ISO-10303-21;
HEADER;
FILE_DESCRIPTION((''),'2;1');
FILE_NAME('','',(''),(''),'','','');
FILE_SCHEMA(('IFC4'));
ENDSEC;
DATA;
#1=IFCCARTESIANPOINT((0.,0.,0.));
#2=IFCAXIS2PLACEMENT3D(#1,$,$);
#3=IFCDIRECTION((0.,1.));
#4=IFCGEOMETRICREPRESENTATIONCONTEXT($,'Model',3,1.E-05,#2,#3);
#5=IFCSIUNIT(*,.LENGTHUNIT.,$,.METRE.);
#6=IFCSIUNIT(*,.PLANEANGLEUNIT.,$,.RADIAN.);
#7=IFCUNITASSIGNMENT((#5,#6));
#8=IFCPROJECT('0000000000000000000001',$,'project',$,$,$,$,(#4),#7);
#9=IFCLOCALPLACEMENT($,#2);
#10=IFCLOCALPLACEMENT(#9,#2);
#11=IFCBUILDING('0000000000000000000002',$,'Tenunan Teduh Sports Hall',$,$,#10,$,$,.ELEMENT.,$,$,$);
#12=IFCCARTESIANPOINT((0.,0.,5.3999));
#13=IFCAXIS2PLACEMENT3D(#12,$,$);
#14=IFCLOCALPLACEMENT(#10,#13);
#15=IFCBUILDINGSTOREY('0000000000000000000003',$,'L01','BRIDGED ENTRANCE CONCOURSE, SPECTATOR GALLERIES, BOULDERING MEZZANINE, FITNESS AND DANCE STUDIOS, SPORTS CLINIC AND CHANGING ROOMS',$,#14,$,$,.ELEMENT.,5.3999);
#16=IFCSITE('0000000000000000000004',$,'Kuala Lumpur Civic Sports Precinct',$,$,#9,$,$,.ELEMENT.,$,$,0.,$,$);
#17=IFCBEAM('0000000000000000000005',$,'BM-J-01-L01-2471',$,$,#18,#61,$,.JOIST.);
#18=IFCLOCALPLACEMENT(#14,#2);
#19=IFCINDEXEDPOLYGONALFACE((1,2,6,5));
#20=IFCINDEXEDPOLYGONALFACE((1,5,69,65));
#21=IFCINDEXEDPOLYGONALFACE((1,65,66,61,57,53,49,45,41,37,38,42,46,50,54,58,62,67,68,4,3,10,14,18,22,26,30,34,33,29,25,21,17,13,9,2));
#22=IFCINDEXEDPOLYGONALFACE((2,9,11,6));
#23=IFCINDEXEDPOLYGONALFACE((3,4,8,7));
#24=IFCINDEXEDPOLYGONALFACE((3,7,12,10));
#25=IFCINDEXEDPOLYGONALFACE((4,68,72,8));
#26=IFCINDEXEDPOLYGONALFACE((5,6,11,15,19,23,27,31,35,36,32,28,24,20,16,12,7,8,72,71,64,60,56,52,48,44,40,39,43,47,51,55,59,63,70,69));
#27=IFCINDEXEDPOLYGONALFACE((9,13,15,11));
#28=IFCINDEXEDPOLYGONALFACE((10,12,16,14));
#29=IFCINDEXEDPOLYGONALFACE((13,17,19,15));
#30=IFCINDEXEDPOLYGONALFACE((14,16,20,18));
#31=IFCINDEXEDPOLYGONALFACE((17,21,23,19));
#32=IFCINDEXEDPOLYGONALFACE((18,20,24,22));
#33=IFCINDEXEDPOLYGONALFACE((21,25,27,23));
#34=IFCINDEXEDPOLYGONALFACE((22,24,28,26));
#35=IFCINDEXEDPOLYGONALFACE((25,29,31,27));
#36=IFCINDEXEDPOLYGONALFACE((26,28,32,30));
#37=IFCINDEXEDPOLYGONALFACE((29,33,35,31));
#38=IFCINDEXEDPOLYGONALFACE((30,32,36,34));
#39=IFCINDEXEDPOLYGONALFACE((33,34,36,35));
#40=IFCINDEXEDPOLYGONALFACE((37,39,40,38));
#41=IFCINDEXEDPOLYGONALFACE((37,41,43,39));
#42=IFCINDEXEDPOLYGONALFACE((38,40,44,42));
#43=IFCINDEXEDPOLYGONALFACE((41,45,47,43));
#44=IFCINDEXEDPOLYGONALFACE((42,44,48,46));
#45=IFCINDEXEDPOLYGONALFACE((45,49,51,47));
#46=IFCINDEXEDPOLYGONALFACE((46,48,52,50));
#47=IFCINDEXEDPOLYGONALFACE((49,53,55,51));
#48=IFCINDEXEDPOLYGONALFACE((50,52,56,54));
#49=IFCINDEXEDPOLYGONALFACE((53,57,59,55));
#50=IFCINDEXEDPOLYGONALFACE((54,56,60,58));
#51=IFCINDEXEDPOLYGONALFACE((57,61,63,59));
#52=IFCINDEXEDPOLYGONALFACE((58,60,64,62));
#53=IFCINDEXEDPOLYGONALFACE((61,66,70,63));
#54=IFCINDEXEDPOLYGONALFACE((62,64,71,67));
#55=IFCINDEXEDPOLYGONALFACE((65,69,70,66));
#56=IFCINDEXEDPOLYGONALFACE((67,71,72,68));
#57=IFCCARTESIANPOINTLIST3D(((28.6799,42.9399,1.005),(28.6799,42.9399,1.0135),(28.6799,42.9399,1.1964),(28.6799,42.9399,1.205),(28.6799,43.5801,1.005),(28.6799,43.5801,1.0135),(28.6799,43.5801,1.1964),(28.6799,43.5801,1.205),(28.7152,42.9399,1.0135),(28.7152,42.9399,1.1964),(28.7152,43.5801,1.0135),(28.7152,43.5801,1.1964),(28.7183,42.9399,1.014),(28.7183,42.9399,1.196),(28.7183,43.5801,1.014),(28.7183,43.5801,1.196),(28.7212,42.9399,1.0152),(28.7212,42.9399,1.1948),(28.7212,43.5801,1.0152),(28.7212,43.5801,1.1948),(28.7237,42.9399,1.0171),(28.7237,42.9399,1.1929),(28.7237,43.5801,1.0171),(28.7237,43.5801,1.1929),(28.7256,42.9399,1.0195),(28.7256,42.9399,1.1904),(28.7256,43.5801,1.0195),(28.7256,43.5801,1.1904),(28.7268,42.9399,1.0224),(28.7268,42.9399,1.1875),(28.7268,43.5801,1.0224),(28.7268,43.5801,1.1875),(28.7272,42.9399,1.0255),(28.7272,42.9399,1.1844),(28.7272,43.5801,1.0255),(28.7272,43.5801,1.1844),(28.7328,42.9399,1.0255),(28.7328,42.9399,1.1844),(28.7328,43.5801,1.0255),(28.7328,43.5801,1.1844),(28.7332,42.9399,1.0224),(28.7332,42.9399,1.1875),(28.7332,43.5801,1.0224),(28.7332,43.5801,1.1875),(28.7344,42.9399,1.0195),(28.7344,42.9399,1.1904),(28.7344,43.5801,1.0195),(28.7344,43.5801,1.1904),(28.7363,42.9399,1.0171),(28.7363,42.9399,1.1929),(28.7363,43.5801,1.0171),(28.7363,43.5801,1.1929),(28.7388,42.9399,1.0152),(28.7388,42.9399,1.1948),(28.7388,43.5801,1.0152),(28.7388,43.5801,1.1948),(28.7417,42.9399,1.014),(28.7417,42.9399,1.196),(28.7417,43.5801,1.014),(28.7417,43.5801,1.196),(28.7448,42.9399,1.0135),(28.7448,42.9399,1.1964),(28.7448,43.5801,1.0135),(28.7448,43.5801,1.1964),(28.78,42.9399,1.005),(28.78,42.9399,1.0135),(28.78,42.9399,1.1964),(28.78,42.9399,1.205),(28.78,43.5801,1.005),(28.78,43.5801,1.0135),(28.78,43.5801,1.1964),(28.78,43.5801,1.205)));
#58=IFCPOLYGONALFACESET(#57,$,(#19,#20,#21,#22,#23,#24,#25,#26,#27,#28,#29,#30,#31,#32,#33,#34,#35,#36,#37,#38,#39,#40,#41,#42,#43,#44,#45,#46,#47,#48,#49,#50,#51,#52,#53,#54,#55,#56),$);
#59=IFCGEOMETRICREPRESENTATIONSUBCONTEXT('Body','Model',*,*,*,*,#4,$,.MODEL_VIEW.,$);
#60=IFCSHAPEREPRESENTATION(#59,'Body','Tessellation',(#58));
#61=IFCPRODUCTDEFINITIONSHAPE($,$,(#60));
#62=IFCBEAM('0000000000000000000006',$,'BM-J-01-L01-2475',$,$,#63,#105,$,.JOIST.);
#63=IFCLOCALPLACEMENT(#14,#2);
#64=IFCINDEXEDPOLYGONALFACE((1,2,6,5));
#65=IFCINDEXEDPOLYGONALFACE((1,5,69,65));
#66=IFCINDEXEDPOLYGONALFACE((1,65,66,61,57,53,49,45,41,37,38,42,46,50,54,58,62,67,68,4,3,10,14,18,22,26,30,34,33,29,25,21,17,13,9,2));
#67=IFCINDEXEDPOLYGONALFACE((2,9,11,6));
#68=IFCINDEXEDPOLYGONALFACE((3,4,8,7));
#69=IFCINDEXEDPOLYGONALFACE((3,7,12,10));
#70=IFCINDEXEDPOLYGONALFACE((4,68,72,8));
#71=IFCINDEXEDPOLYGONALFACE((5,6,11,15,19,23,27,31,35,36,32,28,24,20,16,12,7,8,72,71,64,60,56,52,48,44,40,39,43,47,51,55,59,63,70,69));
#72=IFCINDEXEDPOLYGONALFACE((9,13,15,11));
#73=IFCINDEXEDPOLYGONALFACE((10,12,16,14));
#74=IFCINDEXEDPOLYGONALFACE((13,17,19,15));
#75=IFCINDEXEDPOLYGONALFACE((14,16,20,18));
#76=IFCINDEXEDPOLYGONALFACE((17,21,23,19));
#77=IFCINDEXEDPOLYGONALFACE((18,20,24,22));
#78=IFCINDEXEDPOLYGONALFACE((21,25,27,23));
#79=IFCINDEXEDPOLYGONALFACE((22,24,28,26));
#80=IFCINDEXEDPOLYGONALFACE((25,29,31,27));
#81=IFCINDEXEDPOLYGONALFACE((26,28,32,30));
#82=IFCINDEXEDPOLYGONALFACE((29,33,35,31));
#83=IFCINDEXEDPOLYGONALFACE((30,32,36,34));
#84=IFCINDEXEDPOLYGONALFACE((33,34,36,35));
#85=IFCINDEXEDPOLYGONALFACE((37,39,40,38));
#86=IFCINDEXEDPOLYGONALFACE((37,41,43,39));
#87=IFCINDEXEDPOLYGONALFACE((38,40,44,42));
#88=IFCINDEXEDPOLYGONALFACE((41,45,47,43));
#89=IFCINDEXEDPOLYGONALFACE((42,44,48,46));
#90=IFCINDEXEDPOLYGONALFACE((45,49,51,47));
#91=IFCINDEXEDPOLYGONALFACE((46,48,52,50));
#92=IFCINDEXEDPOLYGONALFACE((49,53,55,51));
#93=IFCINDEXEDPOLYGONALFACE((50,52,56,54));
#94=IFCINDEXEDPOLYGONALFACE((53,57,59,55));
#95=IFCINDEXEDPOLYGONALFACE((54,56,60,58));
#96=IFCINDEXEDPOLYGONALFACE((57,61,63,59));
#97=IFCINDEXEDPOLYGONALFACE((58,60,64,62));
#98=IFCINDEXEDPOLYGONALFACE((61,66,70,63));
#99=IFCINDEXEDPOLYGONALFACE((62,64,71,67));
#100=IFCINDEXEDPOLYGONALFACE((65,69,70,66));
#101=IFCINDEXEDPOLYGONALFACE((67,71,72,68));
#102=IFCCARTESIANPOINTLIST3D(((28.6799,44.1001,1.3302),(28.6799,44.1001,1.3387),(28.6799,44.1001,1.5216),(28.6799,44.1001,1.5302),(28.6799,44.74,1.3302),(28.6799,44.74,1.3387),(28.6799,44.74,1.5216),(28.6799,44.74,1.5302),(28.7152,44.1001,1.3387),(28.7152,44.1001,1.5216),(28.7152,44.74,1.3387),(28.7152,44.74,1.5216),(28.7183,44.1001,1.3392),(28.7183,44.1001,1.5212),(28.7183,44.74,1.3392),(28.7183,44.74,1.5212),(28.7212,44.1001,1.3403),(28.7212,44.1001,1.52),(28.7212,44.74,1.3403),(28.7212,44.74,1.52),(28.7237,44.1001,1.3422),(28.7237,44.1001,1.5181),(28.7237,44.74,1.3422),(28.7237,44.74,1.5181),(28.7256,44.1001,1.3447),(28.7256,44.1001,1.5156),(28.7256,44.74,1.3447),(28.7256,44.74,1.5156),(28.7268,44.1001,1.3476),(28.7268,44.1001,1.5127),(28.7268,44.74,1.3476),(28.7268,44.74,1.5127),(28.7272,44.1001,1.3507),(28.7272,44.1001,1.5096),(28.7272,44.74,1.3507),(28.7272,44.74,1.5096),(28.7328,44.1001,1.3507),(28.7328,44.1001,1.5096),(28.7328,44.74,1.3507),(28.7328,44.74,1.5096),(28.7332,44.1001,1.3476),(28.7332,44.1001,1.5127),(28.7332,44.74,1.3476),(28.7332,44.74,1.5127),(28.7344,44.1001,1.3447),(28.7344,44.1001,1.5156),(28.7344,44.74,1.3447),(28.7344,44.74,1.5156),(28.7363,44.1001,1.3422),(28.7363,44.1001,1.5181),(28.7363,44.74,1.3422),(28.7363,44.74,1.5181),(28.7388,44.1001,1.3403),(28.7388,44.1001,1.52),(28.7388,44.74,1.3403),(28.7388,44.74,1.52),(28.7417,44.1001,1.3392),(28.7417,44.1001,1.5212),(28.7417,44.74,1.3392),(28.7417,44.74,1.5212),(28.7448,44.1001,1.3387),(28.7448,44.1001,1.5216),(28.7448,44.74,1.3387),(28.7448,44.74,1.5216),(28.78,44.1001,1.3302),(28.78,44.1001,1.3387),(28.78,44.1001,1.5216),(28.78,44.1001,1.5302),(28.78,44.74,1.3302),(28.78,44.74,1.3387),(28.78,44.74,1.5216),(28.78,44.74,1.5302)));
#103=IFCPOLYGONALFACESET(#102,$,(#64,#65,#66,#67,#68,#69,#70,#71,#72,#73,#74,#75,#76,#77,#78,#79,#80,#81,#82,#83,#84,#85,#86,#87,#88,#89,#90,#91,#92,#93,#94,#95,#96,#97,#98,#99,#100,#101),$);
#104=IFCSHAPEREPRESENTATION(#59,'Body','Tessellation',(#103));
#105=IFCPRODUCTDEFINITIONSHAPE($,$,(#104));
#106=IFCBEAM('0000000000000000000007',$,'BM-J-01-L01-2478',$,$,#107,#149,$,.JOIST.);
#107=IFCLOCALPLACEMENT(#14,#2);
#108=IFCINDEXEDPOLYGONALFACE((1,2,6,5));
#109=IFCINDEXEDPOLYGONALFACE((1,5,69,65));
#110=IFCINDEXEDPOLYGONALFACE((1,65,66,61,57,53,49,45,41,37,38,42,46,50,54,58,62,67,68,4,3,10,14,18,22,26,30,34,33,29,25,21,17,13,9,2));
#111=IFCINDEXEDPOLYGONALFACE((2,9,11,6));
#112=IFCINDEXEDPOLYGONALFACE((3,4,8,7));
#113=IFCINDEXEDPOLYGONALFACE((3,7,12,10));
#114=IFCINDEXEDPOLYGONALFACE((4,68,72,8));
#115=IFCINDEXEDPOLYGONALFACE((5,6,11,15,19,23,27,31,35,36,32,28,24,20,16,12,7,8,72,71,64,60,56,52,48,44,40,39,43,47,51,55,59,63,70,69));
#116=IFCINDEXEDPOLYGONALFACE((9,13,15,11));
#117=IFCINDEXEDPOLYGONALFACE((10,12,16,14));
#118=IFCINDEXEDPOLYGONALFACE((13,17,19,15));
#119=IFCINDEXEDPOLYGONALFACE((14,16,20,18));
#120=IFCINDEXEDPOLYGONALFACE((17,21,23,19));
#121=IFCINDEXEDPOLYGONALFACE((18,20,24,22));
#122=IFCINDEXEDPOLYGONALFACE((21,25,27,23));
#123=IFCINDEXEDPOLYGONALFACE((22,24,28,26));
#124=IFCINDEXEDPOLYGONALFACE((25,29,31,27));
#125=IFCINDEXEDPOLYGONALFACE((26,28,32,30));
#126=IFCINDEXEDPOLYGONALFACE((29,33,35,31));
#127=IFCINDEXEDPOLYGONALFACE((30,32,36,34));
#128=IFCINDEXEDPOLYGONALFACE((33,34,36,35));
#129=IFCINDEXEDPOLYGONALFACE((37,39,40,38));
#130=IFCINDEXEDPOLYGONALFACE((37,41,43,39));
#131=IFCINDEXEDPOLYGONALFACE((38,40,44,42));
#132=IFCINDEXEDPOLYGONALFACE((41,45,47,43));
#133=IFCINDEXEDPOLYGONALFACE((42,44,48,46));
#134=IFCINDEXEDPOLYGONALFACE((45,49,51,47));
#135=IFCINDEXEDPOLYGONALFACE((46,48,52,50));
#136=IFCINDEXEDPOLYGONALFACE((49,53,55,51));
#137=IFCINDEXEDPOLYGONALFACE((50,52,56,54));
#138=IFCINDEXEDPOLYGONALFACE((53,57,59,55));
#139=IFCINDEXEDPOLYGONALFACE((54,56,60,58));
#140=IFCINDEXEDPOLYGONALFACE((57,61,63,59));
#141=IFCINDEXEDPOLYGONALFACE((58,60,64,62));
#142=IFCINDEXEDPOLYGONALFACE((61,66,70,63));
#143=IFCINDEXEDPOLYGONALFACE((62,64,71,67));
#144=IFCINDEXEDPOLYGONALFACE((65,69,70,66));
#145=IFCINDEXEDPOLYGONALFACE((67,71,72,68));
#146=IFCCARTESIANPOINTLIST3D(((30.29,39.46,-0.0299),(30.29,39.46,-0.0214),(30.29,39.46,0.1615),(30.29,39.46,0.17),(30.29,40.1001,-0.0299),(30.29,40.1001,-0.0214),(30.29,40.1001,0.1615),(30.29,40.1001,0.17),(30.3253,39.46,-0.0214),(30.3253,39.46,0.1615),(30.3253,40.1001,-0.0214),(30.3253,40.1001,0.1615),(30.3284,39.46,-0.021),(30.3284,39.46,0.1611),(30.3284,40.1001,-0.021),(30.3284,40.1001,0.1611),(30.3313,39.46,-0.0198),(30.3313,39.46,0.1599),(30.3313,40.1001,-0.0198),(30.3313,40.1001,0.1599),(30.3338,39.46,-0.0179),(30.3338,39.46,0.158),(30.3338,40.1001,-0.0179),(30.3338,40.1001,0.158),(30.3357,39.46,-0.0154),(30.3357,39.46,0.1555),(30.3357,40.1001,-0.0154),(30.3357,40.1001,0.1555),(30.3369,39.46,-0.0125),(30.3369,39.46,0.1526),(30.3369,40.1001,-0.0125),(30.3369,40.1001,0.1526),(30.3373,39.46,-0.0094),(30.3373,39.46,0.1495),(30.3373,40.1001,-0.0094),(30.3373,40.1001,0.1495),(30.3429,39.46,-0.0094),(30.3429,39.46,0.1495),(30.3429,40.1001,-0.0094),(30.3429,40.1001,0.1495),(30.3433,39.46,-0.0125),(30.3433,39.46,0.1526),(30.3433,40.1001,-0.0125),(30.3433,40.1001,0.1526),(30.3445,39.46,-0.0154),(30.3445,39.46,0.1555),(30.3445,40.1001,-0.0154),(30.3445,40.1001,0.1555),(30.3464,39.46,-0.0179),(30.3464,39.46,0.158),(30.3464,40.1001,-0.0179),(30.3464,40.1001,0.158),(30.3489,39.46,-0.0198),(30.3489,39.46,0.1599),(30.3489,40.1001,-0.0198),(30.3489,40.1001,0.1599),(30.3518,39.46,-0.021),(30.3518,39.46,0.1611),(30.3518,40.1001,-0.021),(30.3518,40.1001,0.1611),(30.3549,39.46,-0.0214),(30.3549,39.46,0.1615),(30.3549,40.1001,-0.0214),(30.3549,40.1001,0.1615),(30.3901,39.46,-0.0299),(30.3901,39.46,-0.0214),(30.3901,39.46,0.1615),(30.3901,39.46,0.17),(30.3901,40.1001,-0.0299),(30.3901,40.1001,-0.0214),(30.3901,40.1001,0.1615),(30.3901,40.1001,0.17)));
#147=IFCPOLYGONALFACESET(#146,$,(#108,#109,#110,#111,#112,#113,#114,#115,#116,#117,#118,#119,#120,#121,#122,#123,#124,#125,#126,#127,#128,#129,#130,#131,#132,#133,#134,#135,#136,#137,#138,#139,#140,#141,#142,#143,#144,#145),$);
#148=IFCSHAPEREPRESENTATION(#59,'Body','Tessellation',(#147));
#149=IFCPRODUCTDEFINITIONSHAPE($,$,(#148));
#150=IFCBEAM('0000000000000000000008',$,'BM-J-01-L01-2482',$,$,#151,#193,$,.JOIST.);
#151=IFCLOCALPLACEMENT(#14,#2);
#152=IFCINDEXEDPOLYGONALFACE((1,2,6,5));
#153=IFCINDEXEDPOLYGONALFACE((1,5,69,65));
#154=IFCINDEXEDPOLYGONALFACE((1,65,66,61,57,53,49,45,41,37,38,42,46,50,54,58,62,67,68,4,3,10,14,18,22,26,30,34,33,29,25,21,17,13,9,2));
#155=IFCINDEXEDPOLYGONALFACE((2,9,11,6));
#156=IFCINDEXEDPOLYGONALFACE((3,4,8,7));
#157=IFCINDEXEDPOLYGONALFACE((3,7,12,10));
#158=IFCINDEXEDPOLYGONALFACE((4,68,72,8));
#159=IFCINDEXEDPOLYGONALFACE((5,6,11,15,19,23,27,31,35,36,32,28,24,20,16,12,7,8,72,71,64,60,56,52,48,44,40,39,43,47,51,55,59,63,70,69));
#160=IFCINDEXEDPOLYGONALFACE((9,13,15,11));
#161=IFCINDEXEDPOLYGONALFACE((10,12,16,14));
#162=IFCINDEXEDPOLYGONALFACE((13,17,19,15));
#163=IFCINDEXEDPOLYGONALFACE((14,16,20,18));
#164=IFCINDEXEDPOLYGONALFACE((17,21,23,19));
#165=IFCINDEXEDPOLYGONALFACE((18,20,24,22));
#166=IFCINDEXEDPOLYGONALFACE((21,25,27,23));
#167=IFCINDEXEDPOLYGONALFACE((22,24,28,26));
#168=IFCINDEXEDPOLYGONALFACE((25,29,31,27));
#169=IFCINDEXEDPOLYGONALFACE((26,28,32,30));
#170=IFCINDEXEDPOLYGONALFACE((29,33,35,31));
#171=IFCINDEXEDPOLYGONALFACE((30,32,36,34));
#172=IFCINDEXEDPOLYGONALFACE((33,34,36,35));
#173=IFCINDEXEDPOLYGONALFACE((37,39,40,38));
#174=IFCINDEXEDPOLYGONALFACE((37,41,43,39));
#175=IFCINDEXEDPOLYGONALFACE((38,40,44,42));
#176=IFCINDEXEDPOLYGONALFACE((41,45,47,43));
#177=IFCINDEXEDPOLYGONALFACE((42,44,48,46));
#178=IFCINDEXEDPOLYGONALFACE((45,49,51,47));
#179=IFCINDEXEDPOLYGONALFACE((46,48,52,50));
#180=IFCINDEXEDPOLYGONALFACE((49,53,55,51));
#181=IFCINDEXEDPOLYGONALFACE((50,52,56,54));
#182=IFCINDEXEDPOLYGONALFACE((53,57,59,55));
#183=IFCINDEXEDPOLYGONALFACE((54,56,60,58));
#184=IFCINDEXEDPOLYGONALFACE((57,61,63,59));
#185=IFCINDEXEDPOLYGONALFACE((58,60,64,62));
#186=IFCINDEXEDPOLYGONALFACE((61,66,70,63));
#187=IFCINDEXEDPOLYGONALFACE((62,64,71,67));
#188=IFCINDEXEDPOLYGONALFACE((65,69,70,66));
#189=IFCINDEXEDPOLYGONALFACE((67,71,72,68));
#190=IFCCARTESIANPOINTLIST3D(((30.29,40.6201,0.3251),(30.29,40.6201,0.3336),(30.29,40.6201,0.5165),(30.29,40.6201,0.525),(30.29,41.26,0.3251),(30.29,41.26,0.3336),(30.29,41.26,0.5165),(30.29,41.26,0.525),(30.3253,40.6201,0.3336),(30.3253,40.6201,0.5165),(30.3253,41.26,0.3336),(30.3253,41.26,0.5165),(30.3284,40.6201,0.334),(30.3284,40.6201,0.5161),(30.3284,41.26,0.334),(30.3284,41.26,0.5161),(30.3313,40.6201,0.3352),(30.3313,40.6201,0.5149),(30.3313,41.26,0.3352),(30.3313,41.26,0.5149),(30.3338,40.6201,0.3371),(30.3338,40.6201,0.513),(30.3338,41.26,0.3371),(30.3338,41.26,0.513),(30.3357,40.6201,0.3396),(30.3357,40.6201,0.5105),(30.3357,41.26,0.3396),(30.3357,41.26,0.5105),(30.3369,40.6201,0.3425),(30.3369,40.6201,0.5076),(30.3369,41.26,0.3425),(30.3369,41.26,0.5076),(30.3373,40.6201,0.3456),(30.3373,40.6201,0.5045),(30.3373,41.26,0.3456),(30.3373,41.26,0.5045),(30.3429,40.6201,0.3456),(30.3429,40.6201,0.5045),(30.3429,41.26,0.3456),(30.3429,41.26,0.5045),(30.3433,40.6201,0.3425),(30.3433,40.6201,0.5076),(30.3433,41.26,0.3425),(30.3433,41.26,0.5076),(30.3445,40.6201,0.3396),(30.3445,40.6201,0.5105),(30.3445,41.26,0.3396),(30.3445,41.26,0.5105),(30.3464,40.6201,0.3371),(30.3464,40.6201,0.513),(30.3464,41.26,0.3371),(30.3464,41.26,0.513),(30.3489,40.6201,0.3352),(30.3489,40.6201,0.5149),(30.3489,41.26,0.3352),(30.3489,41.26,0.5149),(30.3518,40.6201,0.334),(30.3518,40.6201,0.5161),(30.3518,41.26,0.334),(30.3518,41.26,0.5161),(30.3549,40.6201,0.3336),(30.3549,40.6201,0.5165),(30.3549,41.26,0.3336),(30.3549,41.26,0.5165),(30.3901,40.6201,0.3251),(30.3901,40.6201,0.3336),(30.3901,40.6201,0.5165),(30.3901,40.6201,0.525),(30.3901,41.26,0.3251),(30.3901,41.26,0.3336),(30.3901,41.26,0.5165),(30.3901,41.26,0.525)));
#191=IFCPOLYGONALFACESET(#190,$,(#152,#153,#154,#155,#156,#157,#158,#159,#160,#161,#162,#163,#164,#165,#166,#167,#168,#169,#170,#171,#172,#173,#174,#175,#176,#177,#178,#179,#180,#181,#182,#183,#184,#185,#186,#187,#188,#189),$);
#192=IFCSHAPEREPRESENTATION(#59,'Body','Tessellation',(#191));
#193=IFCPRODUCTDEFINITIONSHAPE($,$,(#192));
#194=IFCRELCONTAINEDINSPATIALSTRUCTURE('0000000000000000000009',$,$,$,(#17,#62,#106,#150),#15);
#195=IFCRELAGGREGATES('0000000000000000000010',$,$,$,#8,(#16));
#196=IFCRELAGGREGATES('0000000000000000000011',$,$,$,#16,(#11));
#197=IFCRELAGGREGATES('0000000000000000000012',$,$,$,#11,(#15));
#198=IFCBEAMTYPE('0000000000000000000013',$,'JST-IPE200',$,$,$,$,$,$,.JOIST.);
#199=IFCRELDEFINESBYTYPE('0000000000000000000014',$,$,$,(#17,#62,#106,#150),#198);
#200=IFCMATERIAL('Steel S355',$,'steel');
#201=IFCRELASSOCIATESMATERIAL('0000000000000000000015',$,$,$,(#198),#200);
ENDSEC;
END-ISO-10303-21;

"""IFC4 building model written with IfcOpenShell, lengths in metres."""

from ifc_helpers import new_model, si_unit, direction, frame, origin, origin_2d, place, context, subcontext, project, spatial, i_section, extrude, material, material_profile, profile_set, type_object, element, save


model = new_model("IFC4")

# Units and contexts
model_context = context("Model", 3, precision=1e-05, world=origin(), true_north=direction((0.0, 1.0)))
body_context = subcontext(model_context, "Body", "Model", "MODEL_VIEW")
ifc_project = project(units=[si_unit("LENGTHUNIT", "METRE"), si_unit("PLANEANGLEUNIT", "RADIAN")], contexts=[model_context])

# Site, building, storey
site_placement = place(None, origin())
site = spatial("IfcSite", under=ifc_project, at=site_placement, Name="Kuala Lumpur Civic Sports Precinct", CompositionType="ELEMENT", RefElevation=0.0)
building_placement = place(site_placement, origin())
building = spatial("IfcBuilding", under=site, at=building_placement, Name="Tenunan Teduh Sports Hall", CompositionType="ELEMENT")
storey_placement = place(building_placement, frame((0.0, 0.0, 5.3999)))
storey = spatial("IfcBuildingStorey", under=building, at=storey_placement, Name="L01", Description="BRIDGED ENTRANCE CONCOURSE, SPECTATOR GALLERIES, BOULDERING MEZZANINE, FITNESS AND DANCE STUDIOS, SPORTS CLINIC AND CHANGING ROOMS", CompositionType="ELEMENT", Elevation=5.3999)

# Beams
ifc_material_1 = material(Name="Steel S355", Category="steel")
ifc_material_profile_1 = material_profile(ifc_material_1, i_section(OverallWidth=0.1001, OverallDepth=0.2, WebThickness=0.0056, FlangeThickness=0.0085, FilletRadius=0.012, at=origin_2d()), Name="IPE 200")
ifc_profile_set_1 = profile_set([ifc_material_profile_1], Name="Steel S355")
beam_type_1 = type_object("IfcBeamType", Name="JST-IPE200", PredefinedType="JOIST", material=ifc_profile_set_1)
beam_1_placement = place(storey_placement, frame((28.73, 42.9399, 1.105), z_axis=(0.0, 1.0, 0.0), x_axis=(-1.0, 0.0, 0.0)))
element("IfcBeam", 1, at=beam_1_placement, inside=storey, type_object=beam_type_1, Name="BM-J-01-L01-2471", PredefinedType="JOIST", context=body_context, shape_type="SweptSolid", body=[
    extrude(i_section(OverallWidth=0.1001, OverallDepth=0.2, WebThickness=0.0056, FlangeThickness=0.0085, FilletRadius=0.012, at=origin_2d()), origin(), (0.0, 0.0, 1.0), 0.6401),
])
beam_2_placement = place(storey_placement, frame((28.73, 44.1001, 1.4302), z_axis=(0.0, 1.0, 0.0), x_axis=(-1.0, 0.0, 0.0)))
element("IfcBeam", 2, at=beam_2_placement, inside=storey, type_object=beam_type_1, Name="BM-J-01-L01-2475", PredefinedType="JOIST", context=body_context, shape_type="SweptSolid", body=[
    extrude(i_section(OverallWidth=0.1001, OverallDepth=0.2, WebThickness=0.0056, FlangeThickness=0.0085, FilletRadius=0.012, at=origin_2d()), origin(), (0.0, 0.0, 1.0), 0.6399),
])
beam_3_placement = place(storey_placement, frame((30.3401, 39.46, 0.0701), z_axis=(0.0, 1.0, 0.0), x_axis=(-1.0, 0.0, 0.0)))
element("IfcBeam", 3, at=beam_3_placement, inside=storey, type_object=beam_type_1, Name="BM-J-01-L01-2478", PredefinedType="JOIST", context=body_context, shape_type="SweptSolid", body=[
    extrude(i_section(OverallWidth=0.1001, OverallDepth=0.2, WebThickness=0.0056, FlangeThickness=0.0085, FilletRadius=0.012, at=origin_2d()), origin(), (0.0, 0.0, 1.0), 0.6401),
])
for number, where, z_axis, x_axis, name in (
    (4, (30.3401, 40.6201, 0.425), (0.0, 1.0, 0.0), (-1.0, 0.0, 0.0), "BM-J-01-L01-2482"),
):
    element("IfcBeam", number, at=place(storey_placement, frame(where, z_axis=z_axis, x_axis=x_axis)), inside=storey, type_object=beam_type_1, Name=name, PredefinedType="JOIST", context=body_context, shape_type="SweptSolid", body=[
        extrude(i_section(OverallWidth=0.1001, OverallDepth=0.2, WebThickness=0.0056, FlangeThickness=0.0085, FilletRadius=0.012, at=origin_2d()), origin(), (0.0, 0.0, 1.0), 0.6399),
    ])

save(model, "model.ifc")
